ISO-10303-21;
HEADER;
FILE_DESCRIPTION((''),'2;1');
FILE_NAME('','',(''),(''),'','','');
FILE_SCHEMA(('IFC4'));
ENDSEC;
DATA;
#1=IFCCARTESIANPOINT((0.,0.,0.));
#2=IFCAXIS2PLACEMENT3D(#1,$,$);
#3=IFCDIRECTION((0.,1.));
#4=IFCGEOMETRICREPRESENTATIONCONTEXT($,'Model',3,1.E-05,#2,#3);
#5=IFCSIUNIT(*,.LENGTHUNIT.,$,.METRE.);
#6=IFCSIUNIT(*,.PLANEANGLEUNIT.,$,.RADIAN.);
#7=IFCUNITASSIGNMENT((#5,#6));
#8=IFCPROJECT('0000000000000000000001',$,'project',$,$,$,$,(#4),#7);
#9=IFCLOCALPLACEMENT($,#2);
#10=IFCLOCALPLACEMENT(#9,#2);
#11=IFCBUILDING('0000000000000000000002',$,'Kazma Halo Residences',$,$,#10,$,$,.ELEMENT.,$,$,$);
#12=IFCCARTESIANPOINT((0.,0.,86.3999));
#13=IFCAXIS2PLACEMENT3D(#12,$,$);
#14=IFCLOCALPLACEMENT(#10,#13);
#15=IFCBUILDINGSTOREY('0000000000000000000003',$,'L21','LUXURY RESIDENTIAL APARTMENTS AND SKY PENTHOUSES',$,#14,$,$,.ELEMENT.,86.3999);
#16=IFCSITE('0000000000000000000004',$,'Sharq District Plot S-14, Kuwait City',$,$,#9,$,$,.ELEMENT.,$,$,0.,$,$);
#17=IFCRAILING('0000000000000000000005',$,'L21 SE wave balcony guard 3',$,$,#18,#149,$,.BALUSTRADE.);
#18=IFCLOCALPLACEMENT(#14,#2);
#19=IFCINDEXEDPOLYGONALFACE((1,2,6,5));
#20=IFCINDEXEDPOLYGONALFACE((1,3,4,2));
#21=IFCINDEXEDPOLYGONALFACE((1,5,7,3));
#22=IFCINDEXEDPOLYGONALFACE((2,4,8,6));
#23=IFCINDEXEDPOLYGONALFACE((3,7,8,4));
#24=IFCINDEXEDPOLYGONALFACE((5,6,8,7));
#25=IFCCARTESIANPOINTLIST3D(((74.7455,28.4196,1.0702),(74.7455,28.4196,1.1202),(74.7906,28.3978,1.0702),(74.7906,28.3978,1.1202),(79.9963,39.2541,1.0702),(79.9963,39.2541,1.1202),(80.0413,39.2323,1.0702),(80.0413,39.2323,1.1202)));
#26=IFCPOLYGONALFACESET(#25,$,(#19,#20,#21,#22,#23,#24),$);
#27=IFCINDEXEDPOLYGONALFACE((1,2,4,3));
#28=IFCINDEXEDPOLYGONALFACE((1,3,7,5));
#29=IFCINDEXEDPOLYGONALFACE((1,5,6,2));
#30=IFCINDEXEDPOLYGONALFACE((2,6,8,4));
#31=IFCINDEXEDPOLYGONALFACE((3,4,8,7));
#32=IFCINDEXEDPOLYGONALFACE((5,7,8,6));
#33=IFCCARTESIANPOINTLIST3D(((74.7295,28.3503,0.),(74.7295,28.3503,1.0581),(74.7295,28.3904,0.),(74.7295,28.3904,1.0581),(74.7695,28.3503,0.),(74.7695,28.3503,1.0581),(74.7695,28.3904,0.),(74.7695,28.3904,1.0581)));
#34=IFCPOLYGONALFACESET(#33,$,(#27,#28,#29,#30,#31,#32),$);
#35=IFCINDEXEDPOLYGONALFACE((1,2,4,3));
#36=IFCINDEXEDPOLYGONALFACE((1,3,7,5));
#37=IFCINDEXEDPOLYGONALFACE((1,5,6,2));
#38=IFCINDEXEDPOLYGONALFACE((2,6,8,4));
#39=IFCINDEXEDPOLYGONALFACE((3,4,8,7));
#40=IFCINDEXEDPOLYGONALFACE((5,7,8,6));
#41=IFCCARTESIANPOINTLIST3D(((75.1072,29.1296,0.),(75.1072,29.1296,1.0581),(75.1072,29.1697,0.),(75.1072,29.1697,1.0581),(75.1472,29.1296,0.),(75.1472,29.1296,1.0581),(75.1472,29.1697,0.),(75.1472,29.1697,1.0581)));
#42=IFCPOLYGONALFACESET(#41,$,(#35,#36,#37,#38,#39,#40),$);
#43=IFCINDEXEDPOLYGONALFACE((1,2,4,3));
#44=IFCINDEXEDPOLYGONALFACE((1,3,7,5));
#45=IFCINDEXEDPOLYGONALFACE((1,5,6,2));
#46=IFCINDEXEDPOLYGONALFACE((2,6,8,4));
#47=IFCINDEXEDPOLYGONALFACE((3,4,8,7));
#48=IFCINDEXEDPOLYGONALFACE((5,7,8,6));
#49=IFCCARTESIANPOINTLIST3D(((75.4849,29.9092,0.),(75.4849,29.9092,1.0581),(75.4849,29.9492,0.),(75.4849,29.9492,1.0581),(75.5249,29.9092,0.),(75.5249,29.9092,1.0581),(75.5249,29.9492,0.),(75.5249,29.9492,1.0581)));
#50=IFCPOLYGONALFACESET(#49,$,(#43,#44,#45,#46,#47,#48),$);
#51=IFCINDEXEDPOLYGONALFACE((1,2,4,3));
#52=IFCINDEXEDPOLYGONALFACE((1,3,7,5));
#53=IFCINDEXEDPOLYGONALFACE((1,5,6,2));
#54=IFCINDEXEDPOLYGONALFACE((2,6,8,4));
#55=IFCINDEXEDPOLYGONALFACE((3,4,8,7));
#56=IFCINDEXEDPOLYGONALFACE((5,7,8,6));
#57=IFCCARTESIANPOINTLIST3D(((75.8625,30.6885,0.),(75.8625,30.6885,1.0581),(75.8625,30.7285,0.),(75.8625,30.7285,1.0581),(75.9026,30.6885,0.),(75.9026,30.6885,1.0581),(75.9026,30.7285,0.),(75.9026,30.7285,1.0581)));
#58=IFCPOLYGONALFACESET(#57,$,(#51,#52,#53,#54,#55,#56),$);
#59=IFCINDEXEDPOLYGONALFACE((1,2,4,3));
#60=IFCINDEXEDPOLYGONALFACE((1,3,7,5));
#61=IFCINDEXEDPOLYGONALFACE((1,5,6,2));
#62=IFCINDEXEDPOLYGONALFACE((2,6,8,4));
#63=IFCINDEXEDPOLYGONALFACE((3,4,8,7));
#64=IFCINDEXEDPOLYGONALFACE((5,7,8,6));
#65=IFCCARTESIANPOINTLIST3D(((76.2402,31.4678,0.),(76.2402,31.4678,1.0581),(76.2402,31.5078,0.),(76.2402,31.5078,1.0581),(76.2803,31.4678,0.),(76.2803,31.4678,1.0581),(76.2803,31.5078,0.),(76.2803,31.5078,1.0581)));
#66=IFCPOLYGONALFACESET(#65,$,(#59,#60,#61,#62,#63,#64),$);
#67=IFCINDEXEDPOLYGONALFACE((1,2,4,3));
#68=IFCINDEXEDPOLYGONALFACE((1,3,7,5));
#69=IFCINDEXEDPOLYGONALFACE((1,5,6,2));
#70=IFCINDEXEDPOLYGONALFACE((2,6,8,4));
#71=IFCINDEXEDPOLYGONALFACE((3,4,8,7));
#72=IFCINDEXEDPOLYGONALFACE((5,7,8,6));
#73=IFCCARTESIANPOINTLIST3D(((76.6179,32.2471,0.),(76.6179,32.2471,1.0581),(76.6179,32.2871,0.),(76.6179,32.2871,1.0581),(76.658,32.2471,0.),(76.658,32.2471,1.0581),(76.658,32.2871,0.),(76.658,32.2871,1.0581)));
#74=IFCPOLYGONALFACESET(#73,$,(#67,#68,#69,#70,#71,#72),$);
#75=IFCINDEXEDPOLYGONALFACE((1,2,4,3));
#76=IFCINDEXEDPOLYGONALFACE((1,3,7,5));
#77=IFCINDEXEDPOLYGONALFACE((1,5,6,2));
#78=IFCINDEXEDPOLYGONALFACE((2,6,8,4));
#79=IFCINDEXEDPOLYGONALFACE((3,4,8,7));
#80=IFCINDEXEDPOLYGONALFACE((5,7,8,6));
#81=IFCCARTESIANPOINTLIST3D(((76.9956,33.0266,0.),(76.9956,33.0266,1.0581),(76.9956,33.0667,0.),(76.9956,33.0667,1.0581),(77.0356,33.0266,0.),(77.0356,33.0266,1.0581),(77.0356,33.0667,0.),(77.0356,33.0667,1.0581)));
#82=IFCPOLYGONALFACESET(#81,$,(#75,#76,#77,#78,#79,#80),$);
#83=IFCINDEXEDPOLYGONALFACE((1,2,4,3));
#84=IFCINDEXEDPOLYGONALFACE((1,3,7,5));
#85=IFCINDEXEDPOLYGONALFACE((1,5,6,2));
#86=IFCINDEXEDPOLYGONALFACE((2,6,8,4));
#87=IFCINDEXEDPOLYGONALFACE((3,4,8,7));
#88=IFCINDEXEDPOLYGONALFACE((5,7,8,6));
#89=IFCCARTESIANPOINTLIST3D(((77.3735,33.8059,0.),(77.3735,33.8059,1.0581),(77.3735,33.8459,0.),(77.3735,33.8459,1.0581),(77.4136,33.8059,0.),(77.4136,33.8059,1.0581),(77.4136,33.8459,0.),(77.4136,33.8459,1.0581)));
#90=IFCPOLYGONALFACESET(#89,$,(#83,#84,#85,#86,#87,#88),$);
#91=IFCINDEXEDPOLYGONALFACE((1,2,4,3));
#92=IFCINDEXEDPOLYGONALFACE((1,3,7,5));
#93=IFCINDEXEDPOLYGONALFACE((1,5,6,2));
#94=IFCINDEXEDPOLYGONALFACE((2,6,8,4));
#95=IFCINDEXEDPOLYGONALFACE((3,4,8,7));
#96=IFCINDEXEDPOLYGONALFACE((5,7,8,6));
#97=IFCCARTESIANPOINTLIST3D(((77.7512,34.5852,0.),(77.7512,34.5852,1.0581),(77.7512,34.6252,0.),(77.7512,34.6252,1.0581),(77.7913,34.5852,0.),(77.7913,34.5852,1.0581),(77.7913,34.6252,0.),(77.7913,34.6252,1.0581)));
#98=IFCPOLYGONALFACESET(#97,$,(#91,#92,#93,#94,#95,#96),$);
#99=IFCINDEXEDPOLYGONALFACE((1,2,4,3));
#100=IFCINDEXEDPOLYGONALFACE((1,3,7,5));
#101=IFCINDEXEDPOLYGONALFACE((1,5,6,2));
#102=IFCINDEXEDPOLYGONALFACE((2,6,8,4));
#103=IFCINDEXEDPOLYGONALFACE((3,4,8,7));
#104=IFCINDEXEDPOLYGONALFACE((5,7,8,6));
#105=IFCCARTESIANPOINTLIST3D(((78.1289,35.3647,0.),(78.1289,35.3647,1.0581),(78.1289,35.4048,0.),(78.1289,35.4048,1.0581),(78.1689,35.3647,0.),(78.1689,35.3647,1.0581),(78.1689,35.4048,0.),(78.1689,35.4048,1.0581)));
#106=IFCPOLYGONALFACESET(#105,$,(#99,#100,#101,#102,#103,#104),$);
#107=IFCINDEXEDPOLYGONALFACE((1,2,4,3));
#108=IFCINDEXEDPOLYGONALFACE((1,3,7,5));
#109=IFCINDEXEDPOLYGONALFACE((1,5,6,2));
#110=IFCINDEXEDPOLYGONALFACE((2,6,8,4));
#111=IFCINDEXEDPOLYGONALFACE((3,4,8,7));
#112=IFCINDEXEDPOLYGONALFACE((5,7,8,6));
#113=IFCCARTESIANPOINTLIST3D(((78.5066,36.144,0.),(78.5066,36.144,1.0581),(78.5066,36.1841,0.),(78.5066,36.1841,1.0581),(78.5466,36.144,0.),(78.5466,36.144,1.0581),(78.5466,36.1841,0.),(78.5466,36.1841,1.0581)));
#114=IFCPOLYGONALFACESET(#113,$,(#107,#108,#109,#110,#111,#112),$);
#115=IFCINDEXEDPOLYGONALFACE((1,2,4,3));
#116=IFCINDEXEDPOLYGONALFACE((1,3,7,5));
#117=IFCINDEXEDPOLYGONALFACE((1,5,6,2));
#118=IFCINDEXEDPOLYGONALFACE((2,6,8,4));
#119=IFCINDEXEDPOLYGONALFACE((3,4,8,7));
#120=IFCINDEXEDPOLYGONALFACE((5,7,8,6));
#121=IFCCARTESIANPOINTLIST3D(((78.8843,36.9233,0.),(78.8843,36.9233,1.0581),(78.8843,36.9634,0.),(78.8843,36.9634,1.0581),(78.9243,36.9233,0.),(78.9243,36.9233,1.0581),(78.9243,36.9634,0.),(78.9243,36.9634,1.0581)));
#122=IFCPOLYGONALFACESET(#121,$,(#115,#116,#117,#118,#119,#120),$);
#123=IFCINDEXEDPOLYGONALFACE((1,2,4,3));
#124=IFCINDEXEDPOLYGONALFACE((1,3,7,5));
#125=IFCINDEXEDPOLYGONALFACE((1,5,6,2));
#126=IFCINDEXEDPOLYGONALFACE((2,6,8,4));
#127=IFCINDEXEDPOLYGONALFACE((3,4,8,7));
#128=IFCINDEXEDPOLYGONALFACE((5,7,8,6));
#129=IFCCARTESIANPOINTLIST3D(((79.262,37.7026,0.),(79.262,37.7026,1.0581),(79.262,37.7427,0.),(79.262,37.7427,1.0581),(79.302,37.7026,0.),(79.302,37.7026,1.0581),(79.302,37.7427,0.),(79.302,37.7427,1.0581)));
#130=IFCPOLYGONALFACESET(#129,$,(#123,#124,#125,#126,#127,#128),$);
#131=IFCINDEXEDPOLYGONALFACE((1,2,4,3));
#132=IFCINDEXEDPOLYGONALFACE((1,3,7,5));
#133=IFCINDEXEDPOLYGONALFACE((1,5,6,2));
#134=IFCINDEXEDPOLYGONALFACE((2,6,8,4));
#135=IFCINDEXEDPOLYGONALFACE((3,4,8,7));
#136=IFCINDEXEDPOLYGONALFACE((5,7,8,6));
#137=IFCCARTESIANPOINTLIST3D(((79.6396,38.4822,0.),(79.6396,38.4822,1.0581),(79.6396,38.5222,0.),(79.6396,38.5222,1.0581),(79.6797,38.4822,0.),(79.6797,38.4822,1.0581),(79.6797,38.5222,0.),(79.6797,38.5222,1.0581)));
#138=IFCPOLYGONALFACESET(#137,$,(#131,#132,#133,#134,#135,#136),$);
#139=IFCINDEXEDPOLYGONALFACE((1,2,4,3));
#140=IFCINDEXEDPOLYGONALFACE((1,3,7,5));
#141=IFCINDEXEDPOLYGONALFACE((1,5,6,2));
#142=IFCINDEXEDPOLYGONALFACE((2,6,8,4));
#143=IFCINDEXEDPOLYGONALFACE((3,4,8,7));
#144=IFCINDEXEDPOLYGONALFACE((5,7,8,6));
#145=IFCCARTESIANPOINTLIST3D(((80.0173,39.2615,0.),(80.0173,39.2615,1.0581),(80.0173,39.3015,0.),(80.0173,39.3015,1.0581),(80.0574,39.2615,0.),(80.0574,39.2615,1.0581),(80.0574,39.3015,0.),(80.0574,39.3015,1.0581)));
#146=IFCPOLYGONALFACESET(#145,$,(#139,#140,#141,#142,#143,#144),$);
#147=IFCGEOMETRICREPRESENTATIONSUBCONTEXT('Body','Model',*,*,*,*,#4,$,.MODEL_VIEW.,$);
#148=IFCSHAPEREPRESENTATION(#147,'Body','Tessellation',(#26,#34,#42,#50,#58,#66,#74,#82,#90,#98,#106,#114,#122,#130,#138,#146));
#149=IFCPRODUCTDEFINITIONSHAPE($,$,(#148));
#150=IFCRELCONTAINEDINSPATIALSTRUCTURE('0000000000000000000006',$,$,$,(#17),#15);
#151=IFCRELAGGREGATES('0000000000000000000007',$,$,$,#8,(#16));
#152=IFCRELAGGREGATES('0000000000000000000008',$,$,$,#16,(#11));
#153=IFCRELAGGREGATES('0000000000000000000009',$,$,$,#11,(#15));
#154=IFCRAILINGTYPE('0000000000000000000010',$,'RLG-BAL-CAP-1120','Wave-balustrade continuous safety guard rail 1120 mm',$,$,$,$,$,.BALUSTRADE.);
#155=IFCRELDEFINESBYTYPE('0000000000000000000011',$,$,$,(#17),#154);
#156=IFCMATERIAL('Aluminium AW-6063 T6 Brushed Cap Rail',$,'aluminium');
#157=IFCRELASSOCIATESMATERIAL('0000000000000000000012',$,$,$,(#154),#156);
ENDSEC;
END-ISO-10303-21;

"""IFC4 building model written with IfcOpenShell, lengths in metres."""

from ifc_helpers import new_model, si_unit, direction, frame, origin, origin_2d, place, context, subcontext, project, spatial, rectangle, extrude, material, type_object, element, save


model = new_model("IFC4")

# Units and contexts
model_context = context("Model", 3, precision=1e-05, world=origin(), true_north=direction((0.0, 1.0)))
body_context = subcontext(model_context, "Body", "Model", "MODEL_VIEW")
ifc_project = project(units=[si_unit("LENGTHUNIT", "METRE"), si_unit("PLANEANGLEUNIT", "RADIAN")], contexts=[model_context])

# Site, building, storey
site_placement = place(None, origin())
site = spatial("IfcSite", under=ifc_project, at=site_placement, Name="Sharq District Plot S-14, Kuwait City", CompositionType="ELEMENT", RefElevation=0.0)
building_placement = place(site_placement, origin())
building = spatial("IfcBuilding", under=site, at=building_placement, Name="Kazma Halo Residences", CompositionType="ELEMENT")
storey_placement = place(building_placement, frame((0.0, 0.0, 86.3999)))
storey = spatial("IfcBuildingStorey", under=building, at=storey_placement, Name="L21", Description="LUXURY RESIDENTIAL APARTMENTS AND SKY PENTHOUSES", CompositionType="ELEMENT", Elevation=86.3999)

# Railing
ifc_material_1 = material(Name="Aluminium AW-6063 T6 Brushed Cap Rail", Category="aluminium")
railing_type = type_object("IfcRailingType", Name="RLG-BAL-CAP-1120", Description="Wave-balustrade continuous safety guard rail 1120 mm", PredefinedType="BALUSTRADE", material=ifc_material_1)
railing_1_placement = place(storey_placement, frame((74.7495, 28.3704, 0.0)))
element("IfcRailing", 1, at=railing_1_placement, inside=storey, type_object=railing_type, Name="L21 SE wave balcony guard 3", PredefinedType="BALUSTRADE", context=body_context, shape_type="SweptSolid", body=[
    extrude(rectangle(XDim=0.05, YDim=0.05, at=origin_2d()), frame((0.0186, 0.0383, 1.0952), z_axis=(0.436113, 0.899892, 0.0), x_axis=(-0.899892, 0.436113, 0.0)), (0.0, 0.0, 1.0), 12.0398),
    extrude(rectangle(XDim=0.04, YDim=0.04, at=origin_2d()), origin(), (0.0, 0.0, 1.0), 1.0581),
    extrude(rectangle(XDim=0.04, YDim=0.04, at=origin_2d()), frame((0.3777, 0.7793, 0.0)), (0.0, 0.0, 1.0), 1.0581),
    extrude(rectangle(XDim=0.04, YDim=0.04, at=origin_2d()), frame((0.7554, 1.5588, 0.0)), (0.0, 0.0, 1.0), 1.0581),
    extrude(rectangle(XDim=0.04, YDim=0.04, at=origin_2d()), frame((1.1331, 2.3381, 0.0)), (0.0, 0.0, 1.0), 1.0581),
    extrude(rectangle(XDim=0.04, YDim=0.04, at=origin_2d()), frame((1.5107, 3.1174, 0.0)), (0.0, 0.0, 1.0), 1.0581),
    extrude(rectangle(XDim=0.04, YDim=0.04, at=origin_2d()), frame((1.8884, 3.8967, 0.0)), (0.0, 0.0, 1.0), 1.0581),
    extrude(rectangle(XDim=0.04, YDim=0.04, at=origin_2d()), frame((2.2661, 4.6763, 0.0)), (0.0, 0.0, 1.0), 1.0581),
    extrude(rectangle(XDim=0.04, YDim=0.04, at=origin_2d()), frame((2.644, 5.4556, 0.0)), (0.0, 0.0, 1.0), 1.0581),
    extrude(rectangle(XDim=0.04, YDim=0.04, at=origin_2d()), frame((3.0217, 6.2349, 0.0)), (0.0, 0.0, 1.0), 1.0581),
    extrude(rectangle(XDim=0.04, YDim=0.04, at=origin_2d()), frame((3.3994, 7.0144, 0.0)), (0.0, 0.0, 1.0), 1.0581),
    extrude(rectangle(XDim=0.04, YDim=0.04, at=origin_2d()), frame((3.7771, 7.7937, 0.0)), (0.0, 0.0, 1.0), 1.0581),
    extrude(rectangle(XDim=0.04, YDim=0.04, at=origin_2d()), frame((4.1548, 8.573, 0.0)), (0.0, 0.0, 1.0), 1.0581),
    extrude(rectangle(XDim=0.04, YDim=0.04, at=origin_2d()), frame((4.5325, 9.3523, 0.0)), (0.0, 0.0, 1.0), 1.0581),
    extrude(rectangle(XDim=0.04, YDim=0.04, at=origin_2d()), frame((4.9102, 10.1318, 0.0)), (0.0, 0.0, 1.0), 1.0581),
    extrude(rectangle(XDim=0.04, YDim=0.04, at=origin_2d()), frame((5.2878, 10.9111, 0.0)), (0.0, 0.0, 1.0), 1.0581),
])

save(model, "model.ifc")
